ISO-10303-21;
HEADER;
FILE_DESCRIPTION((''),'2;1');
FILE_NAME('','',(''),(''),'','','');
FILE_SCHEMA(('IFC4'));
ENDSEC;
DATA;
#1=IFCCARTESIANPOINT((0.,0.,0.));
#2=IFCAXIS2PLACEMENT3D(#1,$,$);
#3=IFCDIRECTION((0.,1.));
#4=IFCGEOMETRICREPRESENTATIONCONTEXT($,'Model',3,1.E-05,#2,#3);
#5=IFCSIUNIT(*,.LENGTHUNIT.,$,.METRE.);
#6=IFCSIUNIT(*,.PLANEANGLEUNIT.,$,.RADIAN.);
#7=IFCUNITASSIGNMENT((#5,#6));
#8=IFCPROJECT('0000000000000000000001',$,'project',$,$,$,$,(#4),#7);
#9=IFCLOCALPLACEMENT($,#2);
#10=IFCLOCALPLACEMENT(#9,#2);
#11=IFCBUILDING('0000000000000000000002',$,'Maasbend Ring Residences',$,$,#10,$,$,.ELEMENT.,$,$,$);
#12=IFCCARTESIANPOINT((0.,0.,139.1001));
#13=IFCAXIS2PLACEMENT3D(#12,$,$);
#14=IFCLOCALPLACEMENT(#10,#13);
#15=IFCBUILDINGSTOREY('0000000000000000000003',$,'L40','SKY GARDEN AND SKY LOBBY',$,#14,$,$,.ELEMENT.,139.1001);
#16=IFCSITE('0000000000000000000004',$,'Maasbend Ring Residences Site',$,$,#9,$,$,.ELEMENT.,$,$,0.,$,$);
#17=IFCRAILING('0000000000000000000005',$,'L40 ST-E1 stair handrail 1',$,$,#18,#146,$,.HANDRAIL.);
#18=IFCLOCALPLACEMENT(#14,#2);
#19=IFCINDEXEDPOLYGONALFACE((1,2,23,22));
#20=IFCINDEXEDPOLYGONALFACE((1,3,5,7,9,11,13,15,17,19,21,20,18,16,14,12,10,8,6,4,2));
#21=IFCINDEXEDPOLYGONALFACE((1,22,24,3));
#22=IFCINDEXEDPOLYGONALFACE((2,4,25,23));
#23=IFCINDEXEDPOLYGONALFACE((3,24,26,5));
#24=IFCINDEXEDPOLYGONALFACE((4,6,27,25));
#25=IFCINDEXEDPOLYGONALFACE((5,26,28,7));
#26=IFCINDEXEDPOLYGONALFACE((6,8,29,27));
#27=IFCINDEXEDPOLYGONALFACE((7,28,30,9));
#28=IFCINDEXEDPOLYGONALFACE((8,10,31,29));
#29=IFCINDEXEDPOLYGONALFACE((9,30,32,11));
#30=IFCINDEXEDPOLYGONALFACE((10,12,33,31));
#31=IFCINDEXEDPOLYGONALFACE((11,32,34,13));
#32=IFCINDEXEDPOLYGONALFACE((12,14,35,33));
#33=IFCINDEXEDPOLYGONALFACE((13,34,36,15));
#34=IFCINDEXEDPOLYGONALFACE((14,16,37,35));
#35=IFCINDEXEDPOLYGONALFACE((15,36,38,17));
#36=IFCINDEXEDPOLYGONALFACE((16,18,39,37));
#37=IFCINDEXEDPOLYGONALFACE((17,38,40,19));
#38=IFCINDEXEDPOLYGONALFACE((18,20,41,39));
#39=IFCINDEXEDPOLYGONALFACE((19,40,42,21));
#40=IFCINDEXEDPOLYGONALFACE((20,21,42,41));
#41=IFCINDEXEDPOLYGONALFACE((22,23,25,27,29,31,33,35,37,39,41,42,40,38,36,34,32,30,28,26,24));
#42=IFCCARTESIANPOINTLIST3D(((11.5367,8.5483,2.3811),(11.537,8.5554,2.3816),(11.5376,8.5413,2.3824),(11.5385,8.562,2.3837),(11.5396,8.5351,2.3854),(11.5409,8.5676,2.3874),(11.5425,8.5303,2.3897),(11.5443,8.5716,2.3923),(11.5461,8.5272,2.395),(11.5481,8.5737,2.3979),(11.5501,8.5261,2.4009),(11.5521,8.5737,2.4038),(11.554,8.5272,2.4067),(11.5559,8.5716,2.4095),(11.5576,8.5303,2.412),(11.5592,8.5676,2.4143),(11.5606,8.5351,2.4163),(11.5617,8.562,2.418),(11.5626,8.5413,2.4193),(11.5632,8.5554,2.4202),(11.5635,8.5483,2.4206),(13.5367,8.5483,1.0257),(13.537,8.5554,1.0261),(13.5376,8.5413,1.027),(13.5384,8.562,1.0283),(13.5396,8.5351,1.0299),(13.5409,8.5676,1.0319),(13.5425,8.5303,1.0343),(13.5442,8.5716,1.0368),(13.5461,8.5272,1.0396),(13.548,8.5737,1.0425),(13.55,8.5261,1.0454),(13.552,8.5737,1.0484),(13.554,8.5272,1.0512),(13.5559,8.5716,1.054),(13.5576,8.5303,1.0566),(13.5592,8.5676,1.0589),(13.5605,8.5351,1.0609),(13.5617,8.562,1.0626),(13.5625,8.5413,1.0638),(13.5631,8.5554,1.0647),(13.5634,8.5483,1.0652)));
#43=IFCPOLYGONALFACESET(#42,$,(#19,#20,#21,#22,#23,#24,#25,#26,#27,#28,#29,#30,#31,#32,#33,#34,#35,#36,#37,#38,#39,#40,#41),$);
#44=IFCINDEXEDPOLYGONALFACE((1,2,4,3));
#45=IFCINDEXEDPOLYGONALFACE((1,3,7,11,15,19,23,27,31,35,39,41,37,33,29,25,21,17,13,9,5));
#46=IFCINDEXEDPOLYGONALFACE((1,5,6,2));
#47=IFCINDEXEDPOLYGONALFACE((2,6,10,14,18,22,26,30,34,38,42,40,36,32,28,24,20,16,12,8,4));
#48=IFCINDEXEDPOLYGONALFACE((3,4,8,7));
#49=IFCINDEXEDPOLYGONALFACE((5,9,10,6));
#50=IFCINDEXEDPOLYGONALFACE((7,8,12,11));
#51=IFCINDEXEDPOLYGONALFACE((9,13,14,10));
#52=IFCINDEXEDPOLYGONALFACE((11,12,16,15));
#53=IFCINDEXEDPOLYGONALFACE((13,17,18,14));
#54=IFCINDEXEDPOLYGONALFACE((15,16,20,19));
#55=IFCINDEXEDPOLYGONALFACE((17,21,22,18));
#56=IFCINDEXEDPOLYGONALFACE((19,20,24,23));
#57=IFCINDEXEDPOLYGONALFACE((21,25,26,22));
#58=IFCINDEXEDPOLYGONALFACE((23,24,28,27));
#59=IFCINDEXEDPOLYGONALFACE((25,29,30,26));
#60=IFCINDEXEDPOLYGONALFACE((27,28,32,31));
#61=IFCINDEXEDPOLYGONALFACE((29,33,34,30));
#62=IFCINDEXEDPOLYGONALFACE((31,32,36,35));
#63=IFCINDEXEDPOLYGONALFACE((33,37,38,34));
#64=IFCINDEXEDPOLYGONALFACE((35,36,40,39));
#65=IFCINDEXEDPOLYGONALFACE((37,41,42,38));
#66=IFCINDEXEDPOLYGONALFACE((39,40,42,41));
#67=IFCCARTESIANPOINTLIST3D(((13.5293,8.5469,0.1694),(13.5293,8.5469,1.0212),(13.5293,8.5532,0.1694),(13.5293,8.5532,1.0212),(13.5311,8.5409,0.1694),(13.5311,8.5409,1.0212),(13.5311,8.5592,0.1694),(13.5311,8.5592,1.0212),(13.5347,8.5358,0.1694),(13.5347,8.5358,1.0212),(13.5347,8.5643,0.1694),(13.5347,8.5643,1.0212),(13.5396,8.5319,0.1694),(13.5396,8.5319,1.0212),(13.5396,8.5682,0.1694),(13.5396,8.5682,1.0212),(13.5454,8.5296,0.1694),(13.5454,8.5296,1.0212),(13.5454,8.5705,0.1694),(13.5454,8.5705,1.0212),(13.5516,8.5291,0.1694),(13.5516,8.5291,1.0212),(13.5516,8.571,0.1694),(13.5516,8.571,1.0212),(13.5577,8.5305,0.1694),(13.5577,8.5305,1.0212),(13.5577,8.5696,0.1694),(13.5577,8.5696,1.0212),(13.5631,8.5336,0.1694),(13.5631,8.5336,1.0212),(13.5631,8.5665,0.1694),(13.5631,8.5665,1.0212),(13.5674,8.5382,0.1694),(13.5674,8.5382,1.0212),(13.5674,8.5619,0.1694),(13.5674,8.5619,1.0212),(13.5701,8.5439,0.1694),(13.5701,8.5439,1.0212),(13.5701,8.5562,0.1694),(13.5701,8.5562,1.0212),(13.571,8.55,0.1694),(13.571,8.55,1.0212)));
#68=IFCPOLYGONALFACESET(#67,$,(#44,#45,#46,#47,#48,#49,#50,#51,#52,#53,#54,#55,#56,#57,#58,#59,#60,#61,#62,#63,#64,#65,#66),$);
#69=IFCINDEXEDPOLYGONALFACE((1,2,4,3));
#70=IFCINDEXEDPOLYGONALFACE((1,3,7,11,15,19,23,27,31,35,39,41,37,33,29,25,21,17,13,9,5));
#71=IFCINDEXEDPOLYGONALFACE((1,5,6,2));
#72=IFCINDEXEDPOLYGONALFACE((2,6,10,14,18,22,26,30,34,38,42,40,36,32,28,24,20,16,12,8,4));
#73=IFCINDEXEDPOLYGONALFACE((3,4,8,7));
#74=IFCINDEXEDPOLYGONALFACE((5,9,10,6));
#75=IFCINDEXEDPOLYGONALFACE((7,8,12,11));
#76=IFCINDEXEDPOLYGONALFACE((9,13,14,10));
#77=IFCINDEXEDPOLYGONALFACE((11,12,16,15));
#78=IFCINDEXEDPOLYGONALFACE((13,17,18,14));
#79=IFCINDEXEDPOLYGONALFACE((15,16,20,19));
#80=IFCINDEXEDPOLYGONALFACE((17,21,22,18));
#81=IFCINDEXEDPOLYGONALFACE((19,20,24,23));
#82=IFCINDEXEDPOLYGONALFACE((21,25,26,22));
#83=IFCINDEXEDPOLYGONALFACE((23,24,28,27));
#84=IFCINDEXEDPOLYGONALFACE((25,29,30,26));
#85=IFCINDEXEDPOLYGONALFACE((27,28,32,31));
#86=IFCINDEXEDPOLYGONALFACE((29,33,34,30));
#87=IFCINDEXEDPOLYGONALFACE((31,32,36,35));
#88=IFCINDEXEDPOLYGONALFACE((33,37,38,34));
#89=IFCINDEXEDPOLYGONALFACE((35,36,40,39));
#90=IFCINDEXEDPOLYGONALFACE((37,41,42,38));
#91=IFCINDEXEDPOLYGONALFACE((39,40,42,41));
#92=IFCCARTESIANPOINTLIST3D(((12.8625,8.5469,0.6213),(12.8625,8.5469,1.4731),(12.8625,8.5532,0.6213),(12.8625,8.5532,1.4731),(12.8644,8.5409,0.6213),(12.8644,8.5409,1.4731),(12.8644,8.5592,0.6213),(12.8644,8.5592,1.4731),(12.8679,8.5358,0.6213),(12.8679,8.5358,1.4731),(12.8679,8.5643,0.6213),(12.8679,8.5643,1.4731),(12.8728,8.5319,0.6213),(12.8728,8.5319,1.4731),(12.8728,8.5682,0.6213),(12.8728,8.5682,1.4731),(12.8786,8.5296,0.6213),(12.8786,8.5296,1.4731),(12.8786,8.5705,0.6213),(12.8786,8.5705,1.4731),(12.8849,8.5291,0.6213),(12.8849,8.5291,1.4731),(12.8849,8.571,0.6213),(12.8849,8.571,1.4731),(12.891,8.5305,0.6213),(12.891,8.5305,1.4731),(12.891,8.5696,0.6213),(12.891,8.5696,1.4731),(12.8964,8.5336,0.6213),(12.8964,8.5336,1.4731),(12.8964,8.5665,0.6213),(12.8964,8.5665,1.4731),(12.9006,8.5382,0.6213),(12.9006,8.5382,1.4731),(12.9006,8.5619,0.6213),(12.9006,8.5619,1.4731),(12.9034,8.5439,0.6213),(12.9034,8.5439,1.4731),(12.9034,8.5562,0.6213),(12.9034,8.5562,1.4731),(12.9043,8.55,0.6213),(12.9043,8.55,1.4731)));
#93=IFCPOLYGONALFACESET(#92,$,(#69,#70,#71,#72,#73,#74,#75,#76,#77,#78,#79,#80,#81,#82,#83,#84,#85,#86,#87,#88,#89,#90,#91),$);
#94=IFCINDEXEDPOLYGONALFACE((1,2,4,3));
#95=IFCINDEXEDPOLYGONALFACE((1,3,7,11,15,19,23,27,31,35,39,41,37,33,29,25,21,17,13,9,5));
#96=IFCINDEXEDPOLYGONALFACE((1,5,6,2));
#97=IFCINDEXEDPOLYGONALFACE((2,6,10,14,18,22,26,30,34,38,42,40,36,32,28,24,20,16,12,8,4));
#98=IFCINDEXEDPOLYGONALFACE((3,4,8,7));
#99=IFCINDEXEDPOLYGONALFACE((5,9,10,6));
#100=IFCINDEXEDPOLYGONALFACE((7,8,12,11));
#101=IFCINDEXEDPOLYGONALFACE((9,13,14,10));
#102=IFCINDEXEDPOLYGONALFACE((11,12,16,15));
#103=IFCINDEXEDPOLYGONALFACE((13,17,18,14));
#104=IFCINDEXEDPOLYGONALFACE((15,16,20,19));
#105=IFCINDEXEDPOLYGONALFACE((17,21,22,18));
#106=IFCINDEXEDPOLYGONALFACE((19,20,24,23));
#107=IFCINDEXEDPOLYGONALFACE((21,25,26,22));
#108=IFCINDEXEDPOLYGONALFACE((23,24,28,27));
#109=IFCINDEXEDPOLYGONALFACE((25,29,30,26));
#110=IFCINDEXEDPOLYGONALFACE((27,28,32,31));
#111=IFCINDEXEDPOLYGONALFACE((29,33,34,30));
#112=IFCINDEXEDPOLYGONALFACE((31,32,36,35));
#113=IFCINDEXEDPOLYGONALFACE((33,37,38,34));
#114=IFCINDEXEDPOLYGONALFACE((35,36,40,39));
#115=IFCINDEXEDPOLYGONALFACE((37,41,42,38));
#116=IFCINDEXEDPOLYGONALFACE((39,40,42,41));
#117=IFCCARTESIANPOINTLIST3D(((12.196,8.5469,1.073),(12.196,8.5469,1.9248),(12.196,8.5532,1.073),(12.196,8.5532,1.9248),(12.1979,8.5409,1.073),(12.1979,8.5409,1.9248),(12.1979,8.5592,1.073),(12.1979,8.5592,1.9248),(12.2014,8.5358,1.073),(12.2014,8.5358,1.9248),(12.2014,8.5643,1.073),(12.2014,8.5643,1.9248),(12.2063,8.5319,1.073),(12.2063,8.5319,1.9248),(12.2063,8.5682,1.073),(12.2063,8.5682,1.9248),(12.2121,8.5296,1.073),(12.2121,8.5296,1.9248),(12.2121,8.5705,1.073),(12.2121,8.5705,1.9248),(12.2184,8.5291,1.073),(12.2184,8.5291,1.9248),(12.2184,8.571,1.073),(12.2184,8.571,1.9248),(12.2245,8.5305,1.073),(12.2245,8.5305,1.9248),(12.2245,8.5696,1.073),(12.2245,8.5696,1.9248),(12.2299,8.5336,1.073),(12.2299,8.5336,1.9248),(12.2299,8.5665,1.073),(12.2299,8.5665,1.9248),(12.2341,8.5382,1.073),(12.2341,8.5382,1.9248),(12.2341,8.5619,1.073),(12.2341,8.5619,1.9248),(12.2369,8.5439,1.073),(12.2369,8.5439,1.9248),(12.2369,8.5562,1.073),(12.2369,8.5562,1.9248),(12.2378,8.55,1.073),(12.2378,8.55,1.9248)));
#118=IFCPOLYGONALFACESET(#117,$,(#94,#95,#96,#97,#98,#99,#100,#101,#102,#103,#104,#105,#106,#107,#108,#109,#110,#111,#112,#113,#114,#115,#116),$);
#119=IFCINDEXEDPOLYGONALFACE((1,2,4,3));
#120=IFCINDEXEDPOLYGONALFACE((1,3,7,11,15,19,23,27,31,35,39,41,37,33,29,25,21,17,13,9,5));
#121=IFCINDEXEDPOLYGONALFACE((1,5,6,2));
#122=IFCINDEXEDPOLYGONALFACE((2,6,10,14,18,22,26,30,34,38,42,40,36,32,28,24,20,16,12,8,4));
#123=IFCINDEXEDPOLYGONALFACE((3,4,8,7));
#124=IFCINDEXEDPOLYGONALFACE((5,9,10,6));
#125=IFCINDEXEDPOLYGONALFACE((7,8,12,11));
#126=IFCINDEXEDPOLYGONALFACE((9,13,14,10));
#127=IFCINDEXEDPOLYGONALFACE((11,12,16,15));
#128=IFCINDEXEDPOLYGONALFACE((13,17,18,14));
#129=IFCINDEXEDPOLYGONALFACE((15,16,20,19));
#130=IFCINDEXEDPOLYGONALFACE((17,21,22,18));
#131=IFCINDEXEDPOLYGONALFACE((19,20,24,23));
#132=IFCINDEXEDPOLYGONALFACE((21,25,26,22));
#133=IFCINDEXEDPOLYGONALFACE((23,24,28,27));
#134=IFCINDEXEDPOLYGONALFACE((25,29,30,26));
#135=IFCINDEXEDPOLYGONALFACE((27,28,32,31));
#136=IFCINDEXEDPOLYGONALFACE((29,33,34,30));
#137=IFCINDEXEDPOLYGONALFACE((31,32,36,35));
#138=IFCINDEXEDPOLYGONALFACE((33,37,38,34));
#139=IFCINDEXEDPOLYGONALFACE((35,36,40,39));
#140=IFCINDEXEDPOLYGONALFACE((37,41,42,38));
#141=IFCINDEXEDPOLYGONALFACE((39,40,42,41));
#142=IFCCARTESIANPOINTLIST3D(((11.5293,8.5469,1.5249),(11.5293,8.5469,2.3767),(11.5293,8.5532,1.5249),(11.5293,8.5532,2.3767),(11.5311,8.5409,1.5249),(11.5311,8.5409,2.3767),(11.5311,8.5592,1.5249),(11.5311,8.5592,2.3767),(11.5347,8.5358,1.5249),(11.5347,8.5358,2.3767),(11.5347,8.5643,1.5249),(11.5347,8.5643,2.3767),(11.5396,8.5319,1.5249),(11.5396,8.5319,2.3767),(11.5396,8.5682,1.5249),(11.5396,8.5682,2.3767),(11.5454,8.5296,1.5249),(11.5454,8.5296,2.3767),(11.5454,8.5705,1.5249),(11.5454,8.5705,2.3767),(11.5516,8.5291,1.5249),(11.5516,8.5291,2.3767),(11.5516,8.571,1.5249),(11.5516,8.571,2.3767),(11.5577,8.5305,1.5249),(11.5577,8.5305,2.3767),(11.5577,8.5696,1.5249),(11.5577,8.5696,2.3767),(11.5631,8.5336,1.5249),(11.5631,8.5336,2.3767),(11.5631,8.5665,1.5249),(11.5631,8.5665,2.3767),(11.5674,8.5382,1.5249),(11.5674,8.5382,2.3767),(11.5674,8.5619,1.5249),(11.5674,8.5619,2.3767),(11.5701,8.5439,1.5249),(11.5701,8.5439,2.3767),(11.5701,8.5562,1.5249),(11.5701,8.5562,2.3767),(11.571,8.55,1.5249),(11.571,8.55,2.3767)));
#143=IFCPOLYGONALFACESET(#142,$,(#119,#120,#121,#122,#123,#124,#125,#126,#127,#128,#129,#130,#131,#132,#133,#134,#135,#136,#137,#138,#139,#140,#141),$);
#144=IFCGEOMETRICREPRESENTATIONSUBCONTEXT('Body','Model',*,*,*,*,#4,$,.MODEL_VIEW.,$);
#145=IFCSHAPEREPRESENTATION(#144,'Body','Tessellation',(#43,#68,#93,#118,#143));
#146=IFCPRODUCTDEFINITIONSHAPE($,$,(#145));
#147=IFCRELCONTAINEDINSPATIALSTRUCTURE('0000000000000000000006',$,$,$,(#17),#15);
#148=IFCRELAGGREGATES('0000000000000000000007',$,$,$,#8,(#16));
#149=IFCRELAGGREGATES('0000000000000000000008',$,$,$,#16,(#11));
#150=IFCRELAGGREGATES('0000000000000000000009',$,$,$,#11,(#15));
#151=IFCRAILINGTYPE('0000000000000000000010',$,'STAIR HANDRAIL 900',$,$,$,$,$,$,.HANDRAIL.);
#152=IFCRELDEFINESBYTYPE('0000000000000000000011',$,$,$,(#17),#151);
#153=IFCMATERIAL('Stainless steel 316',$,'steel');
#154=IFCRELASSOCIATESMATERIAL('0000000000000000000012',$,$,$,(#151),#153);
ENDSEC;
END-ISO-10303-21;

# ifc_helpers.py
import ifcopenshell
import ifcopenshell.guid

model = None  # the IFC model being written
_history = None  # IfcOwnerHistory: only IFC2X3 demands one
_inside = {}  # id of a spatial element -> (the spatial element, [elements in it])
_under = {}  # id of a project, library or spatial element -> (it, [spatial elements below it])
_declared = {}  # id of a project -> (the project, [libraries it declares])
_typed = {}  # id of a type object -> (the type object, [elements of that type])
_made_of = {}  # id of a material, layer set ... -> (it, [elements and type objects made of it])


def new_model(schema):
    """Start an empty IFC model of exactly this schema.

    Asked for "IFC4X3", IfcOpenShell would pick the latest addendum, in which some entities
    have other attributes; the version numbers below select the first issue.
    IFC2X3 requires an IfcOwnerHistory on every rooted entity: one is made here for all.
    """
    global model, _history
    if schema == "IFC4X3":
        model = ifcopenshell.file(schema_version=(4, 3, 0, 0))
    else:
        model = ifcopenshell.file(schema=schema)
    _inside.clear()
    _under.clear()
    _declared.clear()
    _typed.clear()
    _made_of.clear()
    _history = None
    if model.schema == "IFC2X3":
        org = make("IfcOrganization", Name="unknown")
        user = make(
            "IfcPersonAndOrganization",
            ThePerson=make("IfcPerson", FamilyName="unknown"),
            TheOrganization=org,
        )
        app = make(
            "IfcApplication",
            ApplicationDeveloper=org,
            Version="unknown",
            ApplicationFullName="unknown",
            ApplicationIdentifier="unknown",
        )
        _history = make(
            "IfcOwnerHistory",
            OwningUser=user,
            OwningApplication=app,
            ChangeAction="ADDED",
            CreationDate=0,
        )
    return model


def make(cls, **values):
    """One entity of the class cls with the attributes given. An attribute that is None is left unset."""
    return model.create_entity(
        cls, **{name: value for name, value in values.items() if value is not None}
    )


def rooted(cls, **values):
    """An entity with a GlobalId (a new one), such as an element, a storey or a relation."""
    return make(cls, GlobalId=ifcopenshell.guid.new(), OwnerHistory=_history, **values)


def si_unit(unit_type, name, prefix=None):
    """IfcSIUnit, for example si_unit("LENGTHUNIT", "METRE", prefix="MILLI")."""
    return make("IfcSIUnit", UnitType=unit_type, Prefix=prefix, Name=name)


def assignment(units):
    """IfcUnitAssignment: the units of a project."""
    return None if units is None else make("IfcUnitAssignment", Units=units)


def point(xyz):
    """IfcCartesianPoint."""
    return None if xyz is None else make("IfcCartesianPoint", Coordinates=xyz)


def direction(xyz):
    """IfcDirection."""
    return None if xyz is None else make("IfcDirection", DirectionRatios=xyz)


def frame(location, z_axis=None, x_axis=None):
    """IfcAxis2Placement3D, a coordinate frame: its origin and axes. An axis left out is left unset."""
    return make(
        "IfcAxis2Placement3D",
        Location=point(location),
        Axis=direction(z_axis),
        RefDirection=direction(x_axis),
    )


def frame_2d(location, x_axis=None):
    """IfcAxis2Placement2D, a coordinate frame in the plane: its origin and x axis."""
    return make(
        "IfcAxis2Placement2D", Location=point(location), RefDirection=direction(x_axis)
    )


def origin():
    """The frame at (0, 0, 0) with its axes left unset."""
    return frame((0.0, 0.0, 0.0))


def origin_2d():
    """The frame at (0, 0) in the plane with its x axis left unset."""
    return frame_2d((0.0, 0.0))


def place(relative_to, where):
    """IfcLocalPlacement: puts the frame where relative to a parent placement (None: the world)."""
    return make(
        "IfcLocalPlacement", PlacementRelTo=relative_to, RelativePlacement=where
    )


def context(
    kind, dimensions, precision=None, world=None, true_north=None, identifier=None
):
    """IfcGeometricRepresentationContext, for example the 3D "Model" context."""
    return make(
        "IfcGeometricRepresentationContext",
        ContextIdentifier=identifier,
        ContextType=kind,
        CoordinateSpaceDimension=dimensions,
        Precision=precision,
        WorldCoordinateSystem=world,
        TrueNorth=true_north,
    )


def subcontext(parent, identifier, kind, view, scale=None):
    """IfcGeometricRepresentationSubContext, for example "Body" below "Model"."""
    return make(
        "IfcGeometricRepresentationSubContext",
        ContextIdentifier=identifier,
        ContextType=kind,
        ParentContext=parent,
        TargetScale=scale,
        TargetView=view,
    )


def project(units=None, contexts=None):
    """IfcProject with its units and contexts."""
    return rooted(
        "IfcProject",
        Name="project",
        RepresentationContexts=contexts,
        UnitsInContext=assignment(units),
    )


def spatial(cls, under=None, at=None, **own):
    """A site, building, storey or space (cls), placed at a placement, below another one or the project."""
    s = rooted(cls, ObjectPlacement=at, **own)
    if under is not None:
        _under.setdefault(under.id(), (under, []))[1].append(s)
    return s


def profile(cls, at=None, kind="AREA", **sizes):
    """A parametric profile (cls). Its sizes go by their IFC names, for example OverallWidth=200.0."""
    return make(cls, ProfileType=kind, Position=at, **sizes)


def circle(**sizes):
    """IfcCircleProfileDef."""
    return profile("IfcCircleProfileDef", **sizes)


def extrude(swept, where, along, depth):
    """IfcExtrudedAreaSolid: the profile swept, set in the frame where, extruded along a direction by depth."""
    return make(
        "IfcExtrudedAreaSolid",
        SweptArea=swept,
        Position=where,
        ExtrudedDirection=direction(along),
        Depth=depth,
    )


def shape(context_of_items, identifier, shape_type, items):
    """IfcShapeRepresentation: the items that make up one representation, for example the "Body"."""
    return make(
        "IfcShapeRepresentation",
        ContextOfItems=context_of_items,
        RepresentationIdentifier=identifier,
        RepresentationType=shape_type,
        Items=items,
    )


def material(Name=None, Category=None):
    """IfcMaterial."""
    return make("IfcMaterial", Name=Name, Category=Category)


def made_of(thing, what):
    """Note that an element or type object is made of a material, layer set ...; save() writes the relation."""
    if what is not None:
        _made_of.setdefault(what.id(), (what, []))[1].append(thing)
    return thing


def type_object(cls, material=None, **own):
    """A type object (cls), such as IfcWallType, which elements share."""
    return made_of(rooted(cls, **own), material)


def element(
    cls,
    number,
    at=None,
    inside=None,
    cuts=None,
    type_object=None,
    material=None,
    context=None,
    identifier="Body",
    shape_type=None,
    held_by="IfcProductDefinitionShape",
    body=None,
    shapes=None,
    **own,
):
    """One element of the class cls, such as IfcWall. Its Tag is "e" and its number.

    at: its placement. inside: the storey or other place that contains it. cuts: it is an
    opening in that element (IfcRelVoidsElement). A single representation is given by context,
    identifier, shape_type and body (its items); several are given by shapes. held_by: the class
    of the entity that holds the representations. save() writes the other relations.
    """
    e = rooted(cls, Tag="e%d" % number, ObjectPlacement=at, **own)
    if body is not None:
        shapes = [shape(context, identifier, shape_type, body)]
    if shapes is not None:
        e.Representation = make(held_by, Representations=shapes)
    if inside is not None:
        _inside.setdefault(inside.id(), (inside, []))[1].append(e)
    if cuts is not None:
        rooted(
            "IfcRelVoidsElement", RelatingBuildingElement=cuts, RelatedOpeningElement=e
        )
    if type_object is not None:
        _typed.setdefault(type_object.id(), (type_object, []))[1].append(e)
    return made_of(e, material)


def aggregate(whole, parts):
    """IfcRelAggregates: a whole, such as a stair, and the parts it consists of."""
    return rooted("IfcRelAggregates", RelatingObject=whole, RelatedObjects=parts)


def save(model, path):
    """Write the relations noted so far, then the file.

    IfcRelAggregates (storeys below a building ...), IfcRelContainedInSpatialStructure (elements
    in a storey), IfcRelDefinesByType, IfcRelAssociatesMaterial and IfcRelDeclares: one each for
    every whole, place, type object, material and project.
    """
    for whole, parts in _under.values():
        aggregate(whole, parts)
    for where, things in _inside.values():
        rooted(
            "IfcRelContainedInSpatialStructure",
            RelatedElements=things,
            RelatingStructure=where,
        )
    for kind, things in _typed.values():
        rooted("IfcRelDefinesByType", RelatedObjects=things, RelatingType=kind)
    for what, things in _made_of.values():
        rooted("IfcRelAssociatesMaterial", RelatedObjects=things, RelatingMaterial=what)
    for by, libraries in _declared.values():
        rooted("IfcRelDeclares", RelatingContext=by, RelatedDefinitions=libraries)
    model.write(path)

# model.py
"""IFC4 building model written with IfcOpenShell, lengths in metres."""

from ifc_helpers import new_model, si_unit, direction, frame, origin, origin_2d, place, context, subcontext, project, spatial, circle, extrude, material, type_object, element, save


model = new_model("IFC4")

# Units and contexts
model_context = context("Model", 3, precision=1e-05, world=origin(), true_north=direction((0.0, 1.0)))
body_context = subcontext(model_context, "Body", "Model", "MODEL_VIEW")
ifc_project = project(units=[si_unit("LENGTHUNIT", "METRE"), si_unit("PLANEANGLEUNIT", "RADIAN")], contexts=[model_context])

# Site, building, storey
site_placement = place(None, origin())
site = spatial("IfcSite", under=ifc_project, at=site_placement, Name="Maasbend Ring Residences Site", CompositionType="ELEMENT", RefElevation=0.0)
building_placement = place(site_placement, origin())
building = spatial("IfcBuilding", under=site, at=building_placement, Name="Maasbend Ring Residences", CompositionType="ELEMENT")
storey_placement = place(building_placement, frame((0.0, 0.0, 139.1001)))
storey = spatial("IfcBuildingStorey", under=building, at=storey_placement, Name="L40", Description="SKY GARDEN AND SKY LOBBY", CompositionType="ELEMENT", Elevation=139.1001)

# Railing
ifc_material_1 = material(Name="Stainless steel 316", Category="steel")
railing_type_1 = type_object("IfcRailingType", Name="STAIR HANDRAIL 900", PredefinedType="HANDRAIL", material=ifc_material_1)
railing_1_placement = place(storey_placement, frame((13.55, 8.55, 0.1694)))
element("IfcRailing", 1, at=railing_1_placement, inside=storey, type_object=railing_type_1, Name="L40 ST-E1 stair handrail 1", PredefinedType="HANDRAIL", context=body_context, shape_type="SweptSolid", body=[
    extrude(circle(Radius=0.0239, at=origin_2d()), frame((0.0, 0.0, 0.876), z_axis=(-0.827798, 0.0, 0.561027), x_axis=(0.0, -1.0, 0.0)), (0.0, 0.0, 1.0), 2.416),
    extrude(circle(Radius=0.021, at=origin_2d()), origin(), (0.0, 0.0, 1.0), 0.8518),
    extrude(circle(Radius=0.021, at=origin_2d()), frame((-0.6667, 0.0, 0.4519)), (0.0, 0.0, 1.0), 0.8518),
    extrude(circle(Radius=0.021, at=origin_2d()), frame((-1.3333, 0.0, 0.9036)), (0.0, 0.0, 1.0), 0.8518),
    extrude(circle(Radius=0.021, at=origin_2d()), frame((-2.0, 0.0, 1.3555)), (0.0, 0.0, 1.0), 0.8518),
])

save(model, "model.ifc")
